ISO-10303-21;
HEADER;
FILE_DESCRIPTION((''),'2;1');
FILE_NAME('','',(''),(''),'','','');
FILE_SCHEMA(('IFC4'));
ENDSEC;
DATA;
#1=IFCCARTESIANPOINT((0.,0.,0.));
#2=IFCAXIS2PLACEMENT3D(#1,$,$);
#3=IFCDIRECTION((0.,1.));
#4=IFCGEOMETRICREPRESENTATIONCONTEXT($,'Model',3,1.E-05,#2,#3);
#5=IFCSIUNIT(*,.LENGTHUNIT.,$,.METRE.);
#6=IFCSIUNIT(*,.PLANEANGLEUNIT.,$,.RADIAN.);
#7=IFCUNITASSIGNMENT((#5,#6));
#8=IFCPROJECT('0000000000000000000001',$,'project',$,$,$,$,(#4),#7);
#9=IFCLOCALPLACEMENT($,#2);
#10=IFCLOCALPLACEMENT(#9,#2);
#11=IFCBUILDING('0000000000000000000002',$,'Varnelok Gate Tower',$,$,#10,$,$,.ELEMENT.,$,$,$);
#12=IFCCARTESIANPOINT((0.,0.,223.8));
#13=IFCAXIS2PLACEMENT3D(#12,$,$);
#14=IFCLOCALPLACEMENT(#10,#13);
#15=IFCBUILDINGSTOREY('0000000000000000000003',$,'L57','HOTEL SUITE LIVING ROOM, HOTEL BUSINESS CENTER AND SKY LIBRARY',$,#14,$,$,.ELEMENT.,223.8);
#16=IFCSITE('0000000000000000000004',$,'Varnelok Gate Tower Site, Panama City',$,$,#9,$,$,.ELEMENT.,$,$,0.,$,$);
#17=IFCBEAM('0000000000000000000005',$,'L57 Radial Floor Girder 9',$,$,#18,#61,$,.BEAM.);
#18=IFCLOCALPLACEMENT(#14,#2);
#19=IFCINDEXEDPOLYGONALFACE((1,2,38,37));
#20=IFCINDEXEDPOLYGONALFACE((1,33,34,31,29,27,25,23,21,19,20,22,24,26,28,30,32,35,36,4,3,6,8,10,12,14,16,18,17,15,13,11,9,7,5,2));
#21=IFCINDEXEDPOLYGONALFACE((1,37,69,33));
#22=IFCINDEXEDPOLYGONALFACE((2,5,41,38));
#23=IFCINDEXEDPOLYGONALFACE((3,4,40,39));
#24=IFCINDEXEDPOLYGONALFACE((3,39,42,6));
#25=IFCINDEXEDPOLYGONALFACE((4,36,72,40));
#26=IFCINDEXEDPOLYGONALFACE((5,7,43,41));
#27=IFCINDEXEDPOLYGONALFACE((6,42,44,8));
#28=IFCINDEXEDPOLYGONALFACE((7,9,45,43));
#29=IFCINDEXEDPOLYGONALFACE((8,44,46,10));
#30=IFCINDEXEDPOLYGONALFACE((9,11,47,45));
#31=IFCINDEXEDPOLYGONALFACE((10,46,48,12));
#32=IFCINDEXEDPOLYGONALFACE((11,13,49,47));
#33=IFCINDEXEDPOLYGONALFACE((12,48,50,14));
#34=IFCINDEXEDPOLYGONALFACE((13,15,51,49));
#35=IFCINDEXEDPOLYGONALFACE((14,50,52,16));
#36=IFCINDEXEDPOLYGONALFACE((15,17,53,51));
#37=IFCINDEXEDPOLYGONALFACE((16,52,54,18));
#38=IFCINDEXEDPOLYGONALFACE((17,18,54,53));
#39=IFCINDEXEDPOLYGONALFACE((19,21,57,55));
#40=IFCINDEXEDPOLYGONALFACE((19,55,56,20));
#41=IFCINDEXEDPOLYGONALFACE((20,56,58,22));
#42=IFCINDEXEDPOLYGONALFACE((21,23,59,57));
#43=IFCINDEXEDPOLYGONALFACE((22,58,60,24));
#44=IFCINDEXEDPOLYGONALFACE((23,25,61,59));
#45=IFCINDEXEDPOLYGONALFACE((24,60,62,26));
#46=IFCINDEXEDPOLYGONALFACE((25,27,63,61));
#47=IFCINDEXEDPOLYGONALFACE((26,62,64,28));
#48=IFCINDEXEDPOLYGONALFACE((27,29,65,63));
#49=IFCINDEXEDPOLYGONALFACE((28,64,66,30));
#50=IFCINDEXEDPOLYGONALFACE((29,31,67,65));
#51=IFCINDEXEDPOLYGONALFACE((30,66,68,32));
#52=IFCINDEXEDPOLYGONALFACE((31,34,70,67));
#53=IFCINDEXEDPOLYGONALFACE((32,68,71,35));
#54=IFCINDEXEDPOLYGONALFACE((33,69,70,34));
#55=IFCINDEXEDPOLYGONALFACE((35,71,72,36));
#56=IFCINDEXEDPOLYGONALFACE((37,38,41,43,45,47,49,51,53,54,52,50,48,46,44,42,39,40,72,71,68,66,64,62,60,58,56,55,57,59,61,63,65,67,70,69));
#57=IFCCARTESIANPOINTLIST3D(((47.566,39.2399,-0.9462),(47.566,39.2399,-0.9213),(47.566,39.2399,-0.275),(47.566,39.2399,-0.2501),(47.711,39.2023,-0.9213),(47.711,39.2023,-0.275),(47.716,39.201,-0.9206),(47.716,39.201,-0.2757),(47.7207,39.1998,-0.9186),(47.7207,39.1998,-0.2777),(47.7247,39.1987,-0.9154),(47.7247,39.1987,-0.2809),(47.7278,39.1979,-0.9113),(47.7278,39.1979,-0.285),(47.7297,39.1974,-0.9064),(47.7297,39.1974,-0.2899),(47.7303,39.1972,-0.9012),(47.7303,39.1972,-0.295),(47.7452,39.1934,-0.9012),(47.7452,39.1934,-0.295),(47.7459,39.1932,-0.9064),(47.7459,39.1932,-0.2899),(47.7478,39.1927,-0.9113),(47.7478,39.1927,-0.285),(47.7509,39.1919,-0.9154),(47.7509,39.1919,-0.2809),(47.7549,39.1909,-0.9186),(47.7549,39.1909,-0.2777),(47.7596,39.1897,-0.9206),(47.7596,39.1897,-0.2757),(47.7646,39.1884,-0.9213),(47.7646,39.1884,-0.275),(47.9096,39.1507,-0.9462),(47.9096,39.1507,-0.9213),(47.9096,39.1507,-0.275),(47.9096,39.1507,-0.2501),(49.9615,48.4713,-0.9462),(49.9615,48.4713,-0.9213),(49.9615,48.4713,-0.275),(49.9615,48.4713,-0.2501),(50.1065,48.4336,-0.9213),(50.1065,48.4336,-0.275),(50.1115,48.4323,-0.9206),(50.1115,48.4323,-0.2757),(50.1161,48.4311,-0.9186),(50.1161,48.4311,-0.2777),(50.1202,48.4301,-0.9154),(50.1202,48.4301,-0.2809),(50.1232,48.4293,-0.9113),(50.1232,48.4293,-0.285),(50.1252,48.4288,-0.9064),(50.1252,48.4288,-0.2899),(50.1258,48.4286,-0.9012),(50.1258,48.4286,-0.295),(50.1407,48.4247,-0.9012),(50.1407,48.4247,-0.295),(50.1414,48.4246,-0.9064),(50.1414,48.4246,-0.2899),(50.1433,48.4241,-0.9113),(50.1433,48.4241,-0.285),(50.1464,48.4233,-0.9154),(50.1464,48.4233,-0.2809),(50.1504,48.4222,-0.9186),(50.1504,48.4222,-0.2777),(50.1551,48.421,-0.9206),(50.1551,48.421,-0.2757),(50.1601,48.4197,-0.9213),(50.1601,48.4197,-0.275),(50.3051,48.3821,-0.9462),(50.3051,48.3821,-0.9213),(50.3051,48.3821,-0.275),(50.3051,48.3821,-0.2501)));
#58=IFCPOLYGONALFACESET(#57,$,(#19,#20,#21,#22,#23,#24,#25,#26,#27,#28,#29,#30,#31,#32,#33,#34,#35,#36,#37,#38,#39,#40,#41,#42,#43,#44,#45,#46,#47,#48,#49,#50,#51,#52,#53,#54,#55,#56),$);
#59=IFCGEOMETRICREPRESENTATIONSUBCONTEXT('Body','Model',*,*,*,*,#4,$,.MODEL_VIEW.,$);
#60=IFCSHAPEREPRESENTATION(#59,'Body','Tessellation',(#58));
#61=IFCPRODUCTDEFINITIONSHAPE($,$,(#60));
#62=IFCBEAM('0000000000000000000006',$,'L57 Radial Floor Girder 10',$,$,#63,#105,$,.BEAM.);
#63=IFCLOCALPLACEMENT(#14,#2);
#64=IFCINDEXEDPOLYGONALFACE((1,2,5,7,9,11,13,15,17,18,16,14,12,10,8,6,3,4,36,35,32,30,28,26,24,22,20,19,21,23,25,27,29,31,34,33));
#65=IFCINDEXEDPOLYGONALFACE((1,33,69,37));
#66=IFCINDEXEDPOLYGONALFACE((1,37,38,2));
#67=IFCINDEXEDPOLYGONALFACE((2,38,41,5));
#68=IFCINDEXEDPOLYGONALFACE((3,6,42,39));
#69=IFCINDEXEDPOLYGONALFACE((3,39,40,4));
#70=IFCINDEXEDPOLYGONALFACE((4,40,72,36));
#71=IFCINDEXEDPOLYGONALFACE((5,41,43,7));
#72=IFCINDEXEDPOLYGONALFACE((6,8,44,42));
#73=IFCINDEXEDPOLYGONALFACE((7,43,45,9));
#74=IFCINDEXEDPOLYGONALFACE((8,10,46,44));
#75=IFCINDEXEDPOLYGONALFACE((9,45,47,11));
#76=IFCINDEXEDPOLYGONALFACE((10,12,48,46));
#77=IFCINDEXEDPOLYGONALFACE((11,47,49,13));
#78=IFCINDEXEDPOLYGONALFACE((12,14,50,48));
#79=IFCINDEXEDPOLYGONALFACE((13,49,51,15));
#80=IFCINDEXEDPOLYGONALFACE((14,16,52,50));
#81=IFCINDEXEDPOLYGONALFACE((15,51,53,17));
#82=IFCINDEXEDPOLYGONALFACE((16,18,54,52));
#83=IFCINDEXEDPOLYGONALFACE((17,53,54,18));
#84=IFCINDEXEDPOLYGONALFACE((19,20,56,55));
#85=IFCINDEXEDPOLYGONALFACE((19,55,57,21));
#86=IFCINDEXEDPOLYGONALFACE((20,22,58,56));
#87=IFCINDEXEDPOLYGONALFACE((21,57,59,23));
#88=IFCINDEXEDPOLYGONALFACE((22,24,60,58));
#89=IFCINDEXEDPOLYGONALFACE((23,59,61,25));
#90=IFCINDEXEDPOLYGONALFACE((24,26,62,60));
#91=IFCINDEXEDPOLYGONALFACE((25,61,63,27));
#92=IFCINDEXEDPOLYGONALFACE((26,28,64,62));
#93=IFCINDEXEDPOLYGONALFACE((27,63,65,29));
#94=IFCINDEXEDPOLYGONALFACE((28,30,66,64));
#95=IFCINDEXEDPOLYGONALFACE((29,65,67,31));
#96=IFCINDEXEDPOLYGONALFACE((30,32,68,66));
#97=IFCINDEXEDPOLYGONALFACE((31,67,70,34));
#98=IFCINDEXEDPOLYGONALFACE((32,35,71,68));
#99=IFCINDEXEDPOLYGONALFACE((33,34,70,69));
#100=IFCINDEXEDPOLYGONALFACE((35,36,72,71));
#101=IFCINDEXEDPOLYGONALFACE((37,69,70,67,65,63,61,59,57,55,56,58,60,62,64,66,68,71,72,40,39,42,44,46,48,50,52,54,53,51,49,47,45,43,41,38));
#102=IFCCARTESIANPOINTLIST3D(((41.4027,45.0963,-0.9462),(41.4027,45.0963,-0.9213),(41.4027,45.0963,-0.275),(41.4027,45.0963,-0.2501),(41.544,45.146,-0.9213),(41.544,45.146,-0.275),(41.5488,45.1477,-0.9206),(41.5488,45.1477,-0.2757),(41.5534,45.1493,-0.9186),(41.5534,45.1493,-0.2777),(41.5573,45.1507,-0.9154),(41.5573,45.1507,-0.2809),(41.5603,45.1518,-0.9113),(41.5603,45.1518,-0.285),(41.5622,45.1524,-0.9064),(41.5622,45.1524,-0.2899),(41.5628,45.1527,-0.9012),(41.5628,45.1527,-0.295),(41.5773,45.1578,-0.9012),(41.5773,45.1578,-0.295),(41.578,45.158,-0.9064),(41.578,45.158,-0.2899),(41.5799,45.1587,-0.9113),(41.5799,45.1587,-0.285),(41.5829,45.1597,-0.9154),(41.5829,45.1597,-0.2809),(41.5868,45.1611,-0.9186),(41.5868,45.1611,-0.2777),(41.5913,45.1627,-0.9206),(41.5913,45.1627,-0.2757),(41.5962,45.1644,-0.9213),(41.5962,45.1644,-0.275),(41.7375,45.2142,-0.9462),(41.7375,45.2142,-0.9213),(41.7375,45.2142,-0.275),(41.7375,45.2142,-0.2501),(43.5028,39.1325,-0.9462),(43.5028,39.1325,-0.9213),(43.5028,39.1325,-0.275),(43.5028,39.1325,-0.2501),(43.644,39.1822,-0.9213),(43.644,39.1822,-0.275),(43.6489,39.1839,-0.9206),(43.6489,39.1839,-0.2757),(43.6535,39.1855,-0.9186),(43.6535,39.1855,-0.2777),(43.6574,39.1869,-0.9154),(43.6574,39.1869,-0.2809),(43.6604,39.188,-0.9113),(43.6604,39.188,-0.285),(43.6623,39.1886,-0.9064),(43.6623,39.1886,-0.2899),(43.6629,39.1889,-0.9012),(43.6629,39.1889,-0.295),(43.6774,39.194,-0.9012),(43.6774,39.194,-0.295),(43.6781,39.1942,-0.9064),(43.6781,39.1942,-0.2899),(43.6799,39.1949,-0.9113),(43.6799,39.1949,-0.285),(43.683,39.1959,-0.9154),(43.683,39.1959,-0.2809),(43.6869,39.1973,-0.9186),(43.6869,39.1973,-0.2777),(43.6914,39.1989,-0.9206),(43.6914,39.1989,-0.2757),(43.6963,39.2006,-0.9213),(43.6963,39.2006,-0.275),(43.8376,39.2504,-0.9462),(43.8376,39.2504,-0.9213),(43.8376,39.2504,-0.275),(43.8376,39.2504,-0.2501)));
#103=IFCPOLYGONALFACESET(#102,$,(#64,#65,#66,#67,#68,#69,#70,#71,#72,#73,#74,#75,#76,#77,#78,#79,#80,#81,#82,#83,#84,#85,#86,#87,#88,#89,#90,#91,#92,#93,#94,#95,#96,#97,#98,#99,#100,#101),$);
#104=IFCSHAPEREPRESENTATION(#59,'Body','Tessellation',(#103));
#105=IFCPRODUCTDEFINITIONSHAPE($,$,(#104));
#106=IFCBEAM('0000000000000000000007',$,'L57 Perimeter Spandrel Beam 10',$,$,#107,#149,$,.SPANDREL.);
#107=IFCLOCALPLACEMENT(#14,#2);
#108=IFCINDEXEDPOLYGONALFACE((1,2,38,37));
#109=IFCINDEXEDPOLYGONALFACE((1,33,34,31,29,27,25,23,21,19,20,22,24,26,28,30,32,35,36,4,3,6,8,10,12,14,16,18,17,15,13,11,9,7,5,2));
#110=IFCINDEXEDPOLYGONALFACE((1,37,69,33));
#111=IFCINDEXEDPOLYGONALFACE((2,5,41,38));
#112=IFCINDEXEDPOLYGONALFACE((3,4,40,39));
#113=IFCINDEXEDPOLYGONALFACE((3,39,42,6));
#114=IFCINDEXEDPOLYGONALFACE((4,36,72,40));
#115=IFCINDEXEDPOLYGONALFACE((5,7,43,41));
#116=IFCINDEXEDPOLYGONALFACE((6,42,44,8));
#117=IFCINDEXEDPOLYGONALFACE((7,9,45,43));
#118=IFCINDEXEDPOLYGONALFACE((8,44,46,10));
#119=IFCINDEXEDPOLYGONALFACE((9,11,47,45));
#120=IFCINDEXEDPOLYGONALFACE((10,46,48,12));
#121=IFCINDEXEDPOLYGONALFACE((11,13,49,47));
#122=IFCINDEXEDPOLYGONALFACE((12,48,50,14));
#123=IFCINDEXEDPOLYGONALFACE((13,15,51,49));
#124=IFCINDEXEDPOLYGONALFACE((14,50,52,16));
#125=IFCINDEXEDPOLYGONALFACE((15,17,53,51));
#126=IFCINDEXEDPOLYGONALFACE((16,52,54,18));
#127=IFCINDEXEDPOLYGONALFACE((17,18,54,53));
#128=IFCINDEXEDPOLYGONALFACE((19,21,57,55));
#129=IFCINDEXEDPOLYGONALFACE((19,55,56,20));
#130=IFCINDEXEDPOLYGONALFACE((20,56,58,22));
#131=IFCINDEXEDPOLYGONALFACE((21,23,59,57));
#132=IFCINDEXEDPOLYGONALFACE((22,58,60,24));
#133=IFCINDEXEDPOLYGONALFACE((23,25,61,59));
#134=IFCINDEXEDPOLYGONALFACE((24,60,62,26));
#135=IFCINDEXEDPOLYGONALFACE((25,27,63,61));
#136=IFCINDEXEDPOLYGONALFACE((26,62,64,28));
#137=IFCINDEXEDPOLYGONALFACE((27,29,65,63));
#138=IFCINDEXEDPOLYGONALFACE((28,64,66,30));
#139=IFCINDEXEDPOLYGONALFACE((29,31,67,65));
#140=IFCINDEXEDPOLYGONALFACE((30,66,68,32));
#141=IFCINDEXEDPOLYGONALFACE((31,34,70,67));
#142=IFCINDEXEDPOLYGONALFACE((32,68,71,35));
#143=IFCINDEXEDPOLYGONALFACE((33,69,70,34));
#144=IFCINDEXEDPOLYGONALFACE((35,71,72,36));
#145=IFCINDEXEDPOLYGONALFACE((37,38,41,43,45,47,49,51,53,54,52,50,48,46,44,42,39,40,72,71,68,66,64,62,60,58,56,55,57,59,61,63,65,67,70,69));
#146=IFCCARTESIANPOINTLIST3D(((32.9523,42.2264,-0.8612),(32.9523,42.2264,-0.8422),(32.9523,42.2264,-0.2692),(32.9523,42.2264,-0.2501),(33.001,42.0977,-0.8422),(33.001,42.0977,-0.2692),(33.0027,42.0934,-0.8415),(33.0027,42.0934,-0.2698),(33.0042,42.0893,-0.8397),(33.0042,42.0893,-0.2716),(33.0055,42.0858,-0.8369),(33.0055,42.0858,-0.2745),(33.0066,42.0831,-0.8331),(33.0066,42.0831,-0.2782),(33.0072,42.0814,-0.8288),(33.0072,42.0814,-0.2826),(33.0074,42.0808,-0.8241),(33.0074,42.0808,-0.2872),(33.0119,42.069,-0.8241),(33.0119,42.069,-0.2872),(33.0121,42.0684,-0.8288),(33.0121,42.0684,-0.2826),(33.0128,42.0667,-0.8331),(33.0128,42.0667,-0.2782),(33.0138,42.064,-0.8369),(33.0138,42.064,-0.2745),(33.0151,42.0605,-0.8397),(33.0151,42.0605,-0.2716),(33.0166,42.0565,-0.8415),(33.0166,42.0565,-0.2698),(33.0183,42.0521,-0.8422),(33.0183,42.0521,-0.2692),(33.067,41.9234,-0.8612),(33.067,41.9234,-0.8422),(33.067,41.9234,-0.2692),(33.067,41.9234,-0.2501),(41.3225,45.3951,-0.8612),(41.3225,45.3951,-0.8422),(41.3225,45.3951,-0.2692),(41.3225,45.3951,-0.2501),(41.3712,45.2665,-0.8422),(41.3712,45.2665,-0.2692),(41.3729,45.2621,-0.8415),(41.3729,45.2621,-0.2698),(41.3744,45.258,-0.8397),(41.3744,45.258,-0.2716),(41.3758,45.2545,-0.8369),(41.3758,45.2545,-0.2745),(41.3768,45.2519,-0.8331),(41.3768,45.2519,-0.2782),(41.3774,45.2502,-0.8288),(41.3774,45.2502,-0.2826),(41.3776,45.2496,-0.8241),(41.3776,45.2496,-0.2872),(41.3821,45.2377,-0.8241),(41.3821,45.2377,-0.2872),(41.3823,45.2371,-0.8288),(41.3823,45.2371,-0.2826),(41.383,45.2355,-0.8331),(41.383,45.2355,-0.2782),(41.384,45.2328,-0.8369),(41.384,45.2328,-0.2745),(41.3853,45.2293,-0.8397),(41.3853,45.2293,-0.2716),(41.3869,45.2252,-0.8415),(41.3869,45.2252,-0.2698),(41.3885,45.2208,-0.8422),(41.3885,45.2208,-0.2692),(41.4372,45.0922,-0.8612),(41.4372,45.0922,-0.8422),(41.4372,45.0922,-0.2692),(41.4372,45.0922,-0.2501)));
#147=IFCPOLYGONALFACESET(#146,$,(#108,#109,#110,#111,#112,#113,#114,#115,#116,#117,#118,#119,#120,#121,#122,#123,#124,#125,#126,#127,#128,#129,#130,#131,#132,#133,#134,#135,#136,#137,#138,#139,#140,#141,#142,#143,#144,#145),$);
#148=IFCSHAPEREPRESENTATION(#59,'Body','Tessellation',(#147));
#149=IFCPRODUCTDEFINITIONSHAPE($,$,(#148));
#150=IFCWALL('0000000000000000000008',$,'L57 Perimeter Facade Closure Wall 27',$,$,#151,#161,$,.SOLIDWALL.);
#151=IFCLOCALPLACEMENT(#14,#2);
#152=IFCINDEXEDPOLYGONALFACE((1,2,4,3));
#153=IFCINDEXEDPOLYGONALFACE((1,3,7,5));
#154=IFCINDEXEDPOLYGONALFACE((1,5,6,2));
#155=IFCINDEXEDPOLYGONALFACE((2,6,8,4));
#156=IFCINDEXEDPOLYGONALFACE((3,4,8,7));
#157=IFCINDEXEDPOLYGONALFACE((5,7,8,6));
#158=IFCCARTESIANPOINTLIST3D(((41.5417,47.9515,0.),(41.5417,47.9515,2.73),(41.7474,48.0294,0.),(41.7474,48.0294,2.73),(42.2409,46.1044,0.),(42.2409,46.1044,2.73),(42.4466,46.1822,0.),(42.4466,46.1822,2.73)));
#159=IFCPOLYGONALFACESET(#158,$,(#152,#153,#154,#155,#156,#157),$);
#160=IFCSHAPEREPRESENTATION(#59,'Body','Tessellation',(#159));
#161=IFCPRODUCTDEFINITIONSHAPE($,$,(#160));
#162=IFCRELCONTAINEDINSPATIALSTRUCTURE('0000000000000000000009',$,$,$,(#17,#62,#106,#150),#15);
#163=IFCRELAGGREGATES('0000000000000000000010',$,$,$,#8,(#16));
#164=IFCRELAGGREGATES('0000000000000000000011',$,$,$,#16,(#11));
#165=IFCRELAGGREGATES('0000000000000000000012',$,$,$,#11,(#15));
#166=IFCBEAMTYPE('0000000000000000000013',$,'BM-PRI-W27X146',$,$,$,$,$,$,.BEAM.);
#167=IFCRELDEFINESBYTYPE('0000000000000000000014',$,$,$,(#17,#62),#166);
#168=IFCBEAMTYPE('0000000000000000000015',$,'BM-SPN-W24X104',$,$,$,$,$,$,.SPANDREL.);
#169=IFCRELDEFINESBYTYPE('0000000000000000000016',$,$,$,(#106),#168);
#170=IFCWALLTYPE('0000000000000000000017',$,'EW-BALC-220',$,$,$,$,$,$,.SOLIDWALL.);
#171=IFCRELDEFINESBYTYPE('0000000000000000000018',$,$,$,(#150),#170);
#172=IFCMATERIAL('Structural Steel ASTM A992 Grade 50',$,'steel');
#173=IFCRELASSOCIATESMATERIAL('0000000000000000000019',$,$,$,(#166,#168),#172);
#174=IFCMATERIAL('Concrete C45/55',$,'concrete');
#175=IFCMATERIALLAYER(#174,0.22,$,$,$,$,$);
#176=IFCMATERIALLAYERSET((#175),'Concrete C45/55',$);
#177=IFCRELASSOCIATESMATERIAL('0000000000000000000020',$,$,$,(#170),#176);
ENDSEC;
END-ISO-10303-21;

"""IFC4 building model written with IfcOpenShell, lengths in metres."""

from ifc_helpers import new_model, si_unit, direction, frame, frame_2d, origin, origin_2d, place, context, subcontext, project, spatial, rectangle, i_section, extrude, material, layer, layer_set, material_profile, profile_set, type_object, element, save


model = new_model("IFC4")

# Units and contexts
model_context = context("Model", 3, precision=1e-05, world=origin(), true_north=direction((0.0, 1.0)))
body_context = subcontext(model_context, "Body", "Model", "MODEL_VIEW")
ifc_project = project(units=[si_unit("LENGTHUNIT", "METRE"), si_unit("PLANEANGLEUNIT", "RADIAN")], contexts=[model_context])

# Site, building, storey
site_placement = place(None, origin())
site = spatial("IfcSite", under=ifc_project, at=site_placement, Name="Varnelok Gate Tower Site, Panama City", CompositionType="ELEMENT", RefElevation=0.0)
building_placement = place(site_placement, origin())
building = spatial("IfcBuilding", under=site, at=building_placement, Name="Varnelok Gate Tower", CompositionType="ELEMENT")
storey_placement = place(building_placement, frame((0.0, 0.0, 223.8)))
storey = spatial("IfcBuildingStorey", under=building, at=storey_placement, Name="L57", Description="HOTEL SUITE LIVING ROOM, HOTEL BUSINESS CENTER AND SKY LIBRARY", CompositionType="ELEMENT", Elevation=223.8)

# Shared definitions
ifc_material_1 = material(Name="Structural Steel ASTM A992 Grade 50", Category="steel")

# Beams
ifc_material_profile_1 = material_profile(ifc_material_1, i_section(OverallWidth=0.355, OverallDepth=0.696, WebThickness=0.0154, FlangeThickness=0.0249, FilletRadius=0.02, at=origin_2d()), Name="W27X146")
ifc_profile_set_1 = profile_set([ifc_material_profile_1], Name="Structural Steel ASTM A992 Grade 50")
beam_type_1 = type_object("IfcBeamType", Name="BM-PRI-W27X146", PredefinedType="BEAM", material=ifc_profile_set_1)
beam_1_placement = place(storey_placement, frame((47.7378, 39.1953, -0.5981), z_axis=(0.251175, 0.967942, 0.0), x_axis=(-0.967942, 0.251175, 0.0)))
element("IfcBeam", 1, at=beam_1_placement, inside=storey, type_object=beam_type_1, Name="L57 Radial Floor Girder 9", PredefinedType="BEAM", context=body_context, shape_type="SweptSolid", body=[
    extrude(i_section(OverallWidth=0.355, OverallDepth=0.696, WebThickness=0.0154, FlangeThickness=0.0249, FilletRadius=0.02, at=origin_2d()), origin(), (0.0, 0.0, 1.0), 9.5371),
])
beam_2_placement = place(storey_placement, frame((43.6702, 39.1914, -0.5981), z_axis=(-0.332145, 0.943228, 0.0), x_axis=(-0.943228, -0.332145, 0.0)))
element("IfcBeam", 2, at=beam_2_placement, inside=storey, type_object=beam_type_1, Name="L57 Radial Floor Girder 10", PredefinedType="BEAM", context=body_context, shape_type="SweptSolid", body=[
    extrude(i_section(OverallWidth=0.355, OverallDepth=0.696, WebThickness=0.0154, FlangeThickness=0.0249, FilletRadius=0.02, at=origin_2d()), origin(), (0.0, 0.0, 1.0), 6.3228),
])
ifc_material_profile_2 = material_profile(ifc_material_1, i_section(OverallWidth=0.324, OverallDepth=0.6111, WebThickness=0.0127, FlangeThickness=0.019, FilletRadius=0.0181, at=origin_2d()), Name="W24X104")
ifc_profile_set_2 = profile_set([ifc_material_profile_2], Name="Structural Steel ASTM A992 Grade 50")
beam_type_2 = type_object("IfcBeamType", Name="BM-SPN-W24X104", PredefinedType="SPANDREL", material=ifc_profile_set_2)
beam_3_placement = place(storey_placement, frame((41.3799, 45.2437, -0.5557), z_axis=(-0.935226, -0.354051, 0.0), x_axis=(0.354051, -0.935226, 0.0)))
element("IfcBeam", 3, at=beam_3_placement, inside=storey, type_object=beam_type_2, Name="L57 Perimeter Spandrel Beam 10", PredefinedType="SPANDREL", context=body_context, shape_type="SweptSolid", body=[
    extrude(i_section(OverallWidth=0.324, OverallDepth=0.6111, WebThickness=0.0127, FlangeThickness=0.019, FilletRadius=0.0181, at=origin_2d()), origin(), (0.0, 0.0, 1.0), 8.95),
])

# Wall
ifc_material_2 = material(Name="Concrete C45/55", Category="concrete")
ifc_layer_1 = layer(ifc_material_2, 0.22)
ifc_layer_set_1 = layer_set([ifc_layer_1], Name="Concrete C45/55")
wall_type_1 = type_object("IfcWallType", Name="EW-BALC-220", PredefinedType="SOLIDWALL", material=ifc_layer_set_1)
wall_1_placement = place(storey_placement, frame((41.6445, 47.9905, 0.0), z_axis=(0.0, 0.0, 1.0), x_axis=(0.354021, -0.935238, 0.0)))
element("IfcWall", 4, at=wall_1_placement, inside=storey, type_object=wall_type_1, Name="L57 Perimeter Facade Closure Wall 27", PredefinedType="SOLIDWALL", context=body_context, shape_type="SweptSolid", body=[
    extrude(rectangle(XDim=1.9751, YDim=0.22, at=frame_2d((0.9875, 0.0))), origin(), (0.0, 0.0, 1.0), 2.73),
])

save(model, "model.ifc")
